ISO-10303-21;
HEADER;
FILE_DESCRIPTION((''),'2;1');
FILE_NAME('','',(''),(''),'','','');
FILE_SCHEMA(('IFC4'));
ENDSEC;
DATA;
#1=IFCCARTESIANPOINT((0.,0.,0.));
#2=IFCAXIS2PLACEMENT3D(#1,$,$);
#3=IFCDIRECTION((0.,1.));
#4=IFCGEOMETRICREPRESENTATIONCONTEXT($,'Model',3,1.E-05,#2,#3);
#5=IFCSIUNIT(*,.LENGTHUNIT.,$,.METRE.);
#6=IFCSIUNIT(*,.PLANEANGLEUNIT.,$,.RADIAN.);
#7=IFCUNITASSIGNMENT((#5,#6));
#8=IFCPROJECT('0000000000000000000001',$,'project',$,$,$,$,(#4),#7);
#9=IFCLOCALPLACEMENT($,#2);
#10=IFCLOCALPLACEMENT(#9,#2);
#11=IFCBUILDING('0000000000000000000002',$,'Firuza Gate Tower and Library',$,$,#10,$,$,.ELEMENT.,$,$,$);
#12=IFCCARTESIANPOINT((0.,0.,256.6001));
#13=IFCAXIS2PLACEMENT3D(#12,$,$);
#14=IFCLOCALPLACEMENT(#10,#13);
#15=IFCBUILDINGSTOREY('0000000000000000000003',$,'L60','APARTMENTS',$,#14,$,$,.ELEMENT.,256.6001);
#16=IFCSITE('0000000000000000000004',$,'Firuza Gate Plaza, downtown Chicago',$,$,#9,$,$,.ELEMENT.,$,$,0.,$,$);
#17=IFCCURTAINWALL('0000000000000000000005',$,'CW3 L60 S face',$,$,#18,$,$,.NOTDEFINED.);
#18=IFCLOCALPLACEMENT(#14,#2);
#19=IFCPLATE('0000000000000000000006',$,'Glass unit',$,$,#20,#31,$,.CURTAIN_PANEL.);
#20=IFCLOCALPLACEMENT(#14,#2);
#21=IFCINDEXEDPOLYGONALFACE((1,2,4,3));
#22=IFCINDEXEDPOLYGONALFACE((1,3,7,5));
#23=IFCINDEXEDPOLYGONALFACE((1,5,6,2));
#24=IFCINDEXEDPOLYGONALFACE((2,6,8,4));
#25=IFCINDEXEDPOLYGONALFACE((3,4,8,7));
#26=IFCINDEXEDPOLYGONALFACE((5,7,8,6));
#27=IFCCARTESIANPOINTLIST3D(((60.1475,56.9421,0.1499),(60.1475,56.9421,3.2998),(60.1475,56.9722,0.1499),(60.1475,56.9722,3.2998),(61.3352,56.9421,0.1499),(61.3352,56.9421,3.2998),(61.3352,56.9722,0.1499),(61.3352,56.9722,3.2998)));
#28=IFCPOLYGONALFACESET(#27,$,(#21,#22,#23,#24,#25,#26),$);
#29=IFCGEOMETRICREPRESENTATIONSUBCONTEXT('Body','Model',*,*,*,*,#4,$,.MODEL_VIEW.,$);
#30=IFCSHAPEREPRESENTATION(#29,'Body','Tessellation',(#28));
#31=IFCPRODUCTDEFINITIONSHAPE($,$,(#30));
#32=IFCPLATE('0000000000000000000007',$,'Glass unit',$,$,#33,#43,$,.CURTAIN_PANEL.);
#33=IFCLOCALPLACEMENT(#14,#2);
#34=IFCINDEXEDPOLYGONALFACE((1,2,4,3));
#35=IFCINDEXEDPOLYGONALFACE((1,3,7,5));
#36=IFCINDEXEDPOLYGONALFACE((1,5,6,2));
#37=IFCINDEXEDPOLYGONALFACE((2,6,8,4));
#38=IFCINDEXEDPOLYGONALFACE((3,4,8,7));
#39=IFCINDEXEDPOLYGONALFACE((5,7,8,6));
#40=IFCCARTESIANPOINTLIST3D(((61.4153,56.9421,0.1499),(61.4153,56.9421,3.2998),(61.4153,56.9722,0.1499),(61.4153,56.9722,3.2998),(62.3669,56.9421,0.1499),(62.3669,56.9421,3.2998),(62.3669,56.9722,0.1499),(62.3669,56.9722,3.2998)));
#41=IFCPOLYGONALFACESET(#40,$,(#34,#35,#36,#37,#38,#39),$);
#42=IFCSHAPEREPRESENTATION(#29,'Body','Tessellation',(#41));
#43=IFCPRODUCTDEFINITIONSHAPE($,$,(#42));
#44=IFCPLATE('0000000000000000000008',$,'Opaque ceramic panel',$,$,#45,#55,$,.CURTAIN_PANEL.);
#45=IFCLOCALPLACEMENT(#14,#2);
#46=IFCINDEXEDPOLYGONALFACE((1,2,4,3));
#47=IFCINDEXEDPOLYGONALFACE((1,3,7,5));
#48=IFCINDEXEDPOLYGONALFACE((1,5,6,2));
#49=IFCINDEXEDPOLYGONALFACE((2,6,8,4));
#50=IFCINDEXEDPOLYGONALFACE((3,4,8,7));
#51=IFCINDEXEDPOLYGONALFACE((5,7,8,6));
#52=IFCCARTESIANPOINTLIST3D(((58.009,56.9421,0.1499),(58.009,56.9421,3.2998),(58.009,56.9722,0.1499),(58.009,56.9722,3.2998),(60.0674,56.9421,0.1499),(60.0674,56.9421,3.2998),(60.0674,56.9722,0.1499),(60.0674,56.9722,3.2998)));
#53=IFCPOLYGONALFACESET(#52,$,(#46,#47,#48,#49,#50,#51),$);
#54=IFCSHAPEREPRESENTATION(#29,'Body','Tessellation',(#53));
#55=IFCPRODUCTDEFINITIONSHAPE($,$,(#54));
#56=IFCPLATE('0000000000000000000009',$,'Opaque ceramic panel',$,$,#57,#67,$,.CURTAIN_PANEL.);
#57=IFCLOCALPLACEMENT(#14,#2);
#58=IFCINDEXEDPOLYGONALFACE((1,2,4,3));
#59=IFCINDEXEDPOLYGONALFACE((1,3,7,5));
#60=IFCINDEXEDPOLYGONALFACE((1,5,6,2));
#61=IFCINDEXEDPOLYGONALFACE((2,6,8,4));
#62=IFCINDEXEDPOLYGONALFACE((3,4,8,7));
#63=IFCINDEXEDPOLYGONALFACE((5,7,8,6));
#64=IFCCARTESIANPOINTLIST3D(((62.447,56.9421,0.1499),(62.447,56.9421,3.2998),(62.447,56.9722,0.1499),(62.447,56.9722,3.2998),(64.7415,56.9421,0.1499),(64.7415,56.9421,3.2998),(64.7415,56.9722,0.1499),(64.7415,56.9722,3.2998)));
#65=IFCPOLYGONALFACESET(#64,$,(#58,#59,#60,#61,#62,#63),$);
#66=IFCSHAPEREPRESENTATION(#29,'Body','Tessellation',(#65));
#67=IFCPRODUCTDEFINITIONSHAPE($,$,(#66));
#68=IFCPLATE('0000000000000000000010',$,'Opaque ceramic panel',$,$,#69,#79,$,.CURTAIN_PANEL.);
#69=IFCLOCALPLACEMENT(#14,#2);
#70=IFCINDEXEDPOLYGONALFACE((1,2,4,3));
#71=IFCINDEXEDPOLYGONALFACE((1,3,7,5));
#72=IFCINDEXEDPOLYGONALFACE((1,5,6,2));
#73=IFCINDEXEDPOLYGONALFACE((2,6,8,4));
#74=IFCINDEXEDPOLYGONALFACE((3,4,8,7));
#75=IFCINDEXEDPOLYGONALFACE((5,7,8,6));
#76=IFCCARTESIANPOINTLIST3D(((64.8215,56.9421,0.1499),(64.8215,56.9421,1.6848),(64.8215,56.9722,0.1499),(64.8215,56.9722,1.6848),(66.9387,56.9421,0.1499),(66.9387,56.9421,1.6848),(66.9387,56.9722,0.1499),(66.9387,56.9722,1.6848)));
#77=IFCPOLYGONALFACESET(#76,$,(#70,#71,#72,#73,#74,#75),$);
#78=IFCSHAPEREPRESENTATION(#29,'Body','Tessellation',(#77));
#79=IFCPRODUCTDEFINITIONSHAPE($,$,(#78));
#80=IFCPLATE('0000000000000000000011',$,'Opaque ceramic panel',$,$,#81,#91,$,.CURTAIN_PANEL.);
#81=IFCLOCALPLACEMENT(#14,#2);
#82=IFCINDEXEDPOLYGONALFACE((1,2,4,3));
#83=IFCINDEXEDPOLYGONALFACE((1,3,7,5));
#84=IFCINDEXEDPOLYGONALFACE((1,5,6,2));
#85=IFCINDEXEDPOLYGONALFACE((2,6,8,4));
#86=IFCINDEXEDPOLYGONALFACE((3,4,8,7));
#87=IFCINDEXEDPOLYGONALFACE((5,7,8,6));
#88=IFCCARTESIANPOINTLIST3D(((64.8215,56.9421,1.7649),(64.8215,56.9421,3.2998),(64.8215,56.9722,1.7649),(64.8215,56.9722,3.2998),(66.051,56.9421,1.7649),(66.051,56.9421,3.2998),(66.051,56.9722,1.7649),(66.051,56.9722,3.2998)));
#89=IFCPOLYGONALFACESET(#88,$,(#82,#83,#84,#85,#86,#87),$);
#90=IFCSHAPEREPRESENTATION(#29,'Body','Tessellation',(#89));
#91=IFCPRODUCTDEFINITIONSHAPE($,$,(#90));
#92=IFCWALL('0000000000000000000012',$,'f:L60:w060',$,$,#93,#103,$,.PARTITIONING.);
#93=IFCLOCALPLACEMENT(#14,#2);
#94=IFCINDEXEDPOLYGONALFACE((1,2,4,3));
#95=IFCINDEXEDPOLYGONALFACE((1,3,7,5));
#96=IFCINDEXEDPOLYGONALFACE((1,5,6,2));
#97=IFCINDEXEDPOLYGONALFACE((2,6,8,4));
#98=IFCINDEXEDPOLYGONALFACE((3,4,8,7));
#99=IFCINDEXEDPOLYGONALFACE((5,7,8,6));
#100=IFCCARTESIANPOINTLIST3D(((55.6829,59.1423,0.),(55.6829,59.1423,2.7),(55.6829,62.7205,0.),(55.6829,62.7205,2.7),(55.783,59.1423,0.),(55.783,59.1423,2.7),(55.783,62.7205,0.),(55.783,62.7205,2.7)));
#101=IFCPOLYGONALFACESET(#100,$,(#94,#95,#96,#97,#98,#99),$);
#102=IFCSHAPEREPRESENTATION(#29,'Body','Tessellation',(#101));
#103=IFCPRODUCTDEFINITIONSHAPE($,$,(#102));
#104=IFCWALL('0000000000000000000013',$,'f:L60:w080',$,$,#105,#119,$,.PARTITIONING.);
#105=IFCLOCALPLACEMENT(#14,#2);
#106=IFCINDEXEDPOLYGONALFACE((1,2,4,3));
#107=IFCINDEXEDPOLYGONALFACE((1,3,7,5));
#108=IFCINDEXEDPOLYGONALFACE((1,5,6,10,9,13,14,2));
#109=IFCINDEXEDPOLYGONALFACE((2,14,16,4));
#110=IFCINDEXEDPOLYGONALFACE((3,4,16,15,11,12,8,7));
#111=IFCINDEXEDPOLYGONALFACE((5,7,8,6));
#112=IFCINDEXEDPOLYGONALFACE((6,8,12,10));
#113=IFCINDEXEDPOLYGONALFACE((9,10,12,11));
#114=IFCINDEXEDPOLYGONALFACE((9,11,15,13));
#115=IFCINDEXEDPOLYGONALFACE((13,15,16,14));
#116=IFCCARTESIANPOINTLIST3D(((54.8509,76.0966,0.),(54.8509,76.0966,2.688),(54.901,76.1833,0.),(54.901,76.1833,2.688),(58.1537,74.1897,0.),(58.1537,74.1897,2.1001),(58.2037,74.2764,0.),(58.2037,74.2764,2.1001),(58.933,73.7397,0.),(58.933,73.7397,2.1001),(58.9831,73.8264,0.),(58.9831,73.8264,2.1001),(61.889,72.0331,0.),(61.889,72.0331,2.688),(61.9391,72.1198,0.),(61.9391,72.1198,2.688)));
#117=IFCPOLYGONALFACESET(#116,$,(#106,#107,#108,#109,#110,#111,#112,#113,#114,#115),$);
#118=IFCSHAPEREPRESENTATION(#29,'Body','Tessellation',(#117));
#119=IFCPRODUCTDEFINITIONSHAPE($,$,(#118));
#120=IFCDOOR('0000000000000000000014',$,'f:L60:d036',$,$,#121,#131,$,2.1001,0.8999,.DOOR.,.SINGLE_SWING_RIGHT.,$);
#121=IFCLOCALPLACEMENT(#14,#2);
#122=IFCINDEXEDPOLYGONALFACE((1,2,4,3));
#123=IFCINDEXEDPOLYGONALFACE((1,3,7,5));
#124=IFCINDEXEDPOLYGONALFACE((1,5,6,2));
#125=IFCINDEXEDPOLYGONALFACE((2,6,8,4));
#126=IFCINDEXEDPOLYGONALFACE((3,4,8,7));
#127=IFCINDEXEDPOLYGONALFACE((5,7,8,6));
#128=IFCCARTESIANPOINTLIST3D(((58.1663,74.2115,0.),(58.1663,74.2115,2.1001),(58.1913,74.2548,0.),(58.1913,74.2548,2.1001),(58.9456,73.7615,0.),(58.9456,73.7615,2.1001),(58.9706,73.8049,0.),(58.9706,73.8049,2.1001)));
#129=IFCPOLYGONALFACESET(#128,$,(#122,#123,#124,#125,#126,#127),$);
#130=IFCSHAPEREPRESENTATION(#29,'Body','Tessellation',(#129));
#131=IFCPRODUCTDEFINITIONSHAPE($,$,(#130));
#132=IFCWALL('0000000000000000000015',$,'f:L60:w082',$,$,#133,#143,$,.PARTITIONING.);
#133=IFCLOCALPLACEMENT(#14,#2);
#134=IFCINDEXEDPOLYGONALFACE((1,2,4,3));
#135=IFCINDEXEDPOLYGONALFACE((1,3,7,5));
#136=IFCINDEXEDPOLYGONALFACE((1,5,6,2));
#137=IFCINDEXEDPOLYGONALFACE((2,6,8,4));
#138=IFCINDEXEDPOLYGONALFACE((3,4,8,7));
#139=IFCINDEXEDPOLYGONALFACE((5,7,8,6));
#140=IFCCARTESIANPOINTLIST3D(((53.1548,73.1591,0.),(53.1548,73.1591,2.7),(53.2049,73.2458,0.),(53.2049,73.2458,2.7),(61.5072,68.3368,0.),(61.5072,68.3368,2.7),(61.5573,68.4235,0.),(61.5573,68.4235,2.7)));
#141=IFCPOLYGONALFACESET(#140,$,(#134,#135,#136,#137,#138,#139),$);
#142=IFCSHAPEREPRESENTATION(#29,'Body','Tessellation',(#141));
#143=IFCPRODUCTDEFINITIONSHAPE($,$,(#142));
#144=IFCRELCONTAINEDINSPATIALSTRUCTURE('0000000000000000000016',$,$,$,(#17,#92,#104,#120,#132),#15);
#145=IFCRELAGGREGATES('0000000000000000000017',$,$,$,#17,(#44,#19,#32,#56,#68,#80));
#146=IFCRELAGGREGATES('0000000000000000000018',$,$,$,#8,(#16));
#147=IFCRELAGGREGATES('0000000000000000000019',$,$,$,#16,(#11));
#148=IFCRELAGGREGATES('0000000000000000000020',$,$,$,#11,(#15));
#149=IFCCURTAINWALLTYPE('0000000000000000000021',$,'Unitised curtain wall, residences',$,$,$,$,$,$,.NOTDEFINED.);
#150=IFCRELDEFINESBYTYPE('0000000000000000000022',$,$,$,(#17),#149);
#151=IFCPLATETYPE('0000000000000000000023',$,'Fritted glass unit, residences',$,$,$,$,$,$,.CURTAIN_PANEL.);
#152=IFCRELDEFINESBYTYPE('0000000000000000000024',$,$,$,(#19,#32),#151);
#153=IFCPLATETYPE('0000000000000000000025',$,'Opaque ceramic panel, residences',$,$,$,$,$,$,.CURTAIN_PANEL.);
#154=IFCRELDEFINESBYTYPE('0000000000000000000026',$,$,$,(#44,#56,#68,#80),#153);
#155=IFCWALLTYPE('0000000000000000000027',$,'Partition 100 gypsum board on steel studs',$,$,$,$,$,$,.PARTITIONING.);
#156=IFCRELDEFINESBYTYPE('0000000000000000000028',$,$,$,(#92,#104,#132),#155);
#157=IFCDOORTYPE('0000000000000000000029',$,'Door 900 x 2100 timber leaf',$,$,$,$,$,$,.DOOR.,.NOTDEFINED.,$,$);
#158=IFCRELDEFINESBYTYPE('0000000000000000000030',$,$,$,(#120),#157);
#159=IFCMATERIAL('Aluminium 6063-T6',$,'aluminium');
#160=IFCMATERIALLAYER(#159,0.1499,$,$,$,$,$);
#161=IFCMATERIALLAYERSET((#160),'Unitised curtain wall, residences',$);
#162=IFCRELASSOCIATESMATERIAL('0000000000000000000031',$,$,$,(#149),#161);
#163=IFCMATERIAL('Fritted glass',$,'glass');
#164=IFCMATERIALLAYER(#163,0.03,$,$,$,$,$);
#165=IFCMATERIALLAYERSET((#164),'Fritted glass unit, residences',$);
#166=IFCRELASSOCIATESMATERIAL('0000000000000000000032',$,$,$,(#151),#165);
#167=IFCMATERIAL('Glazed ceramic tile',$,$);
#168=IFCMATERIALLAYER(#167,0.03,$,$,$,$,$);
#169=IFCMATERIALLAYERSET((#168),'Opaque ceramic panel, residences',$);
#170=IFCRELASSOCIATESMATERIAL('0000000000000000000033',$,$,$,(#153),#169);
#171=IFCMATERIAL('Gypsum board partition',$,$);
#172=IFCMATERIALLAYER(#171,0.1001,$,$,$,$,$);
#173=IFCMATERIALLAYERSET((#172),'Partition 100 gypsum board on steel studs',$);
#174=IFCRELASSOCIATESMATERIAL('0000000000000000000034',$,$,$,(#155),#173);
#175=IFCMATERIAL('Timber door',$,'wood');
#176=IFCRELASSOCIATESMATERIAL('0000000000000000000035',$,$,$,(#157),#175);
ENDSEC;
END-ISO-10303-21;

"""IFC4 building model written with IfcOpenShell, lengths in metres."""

from ifc_helpers import new_model, si_unit, direction, frame, frame_2d, origin, place, context, subcontext, project, spatial, polyline, rectangle, outline, extrude, material, layer, layer_set, type_object, element, fill, aggregate, save


model = new_model("IFC4")

# Units and contexts
model_context = context("Model", 3, precision=1e-05, world=origin(), true_north=direction((0.0, 1.0)))
body_context = subcontext(model_context, "Body", "Model", "MODEL_VIEW")
ifc_project = project(units=[si_unit("LENGTHUNIT", "METRE"), si_unit("PLANEANGLEUNIT", "RADIAN")], contexts=[model_context])

# Site, building, storey
site_placement = place(None, origin())
site = spatial("IfcSite", under=ifc_project, at=site_placement, Name="Firuza Gate Plaza, downtown Chicago", CompositionType="ELEMENT", RefElevation=0.0)
building_placement = place(site_placement, origin())
building = spatial("IfcBuilding", under=site, at=building_placement, Name="Firuza Gate Tower and Library", CompositionType="ELEMENT")
storey_placement = place(building_placement, frame((0.0, 0.0, 256.6001)))
storey = spatial("IfcBuildingStorey", under=building, at=storey_placement, Name="L60", Description="APARTMENTS", CompositionType="ELEMENT", Elevation=256.6001)

# Curtain wall
ifc_material_1 = material(Name="Aluminium 6063-T6", Category="aluminium")
ifc_layer_1 = layer(ifc_material_1, 0.1499)
ifc_layer_set_1 = layer_set([ifc_layer_1], Name="Unitised curtain wall, residences")
curtain_wall_type = type_object("IfcCurtainWallType", Name="Unitised curtain wall, residences", PredefinedType="NOTDEFINED", material=ifc_layer_set_1)
curtain_wall_placement = place(storey_placement, origin())
curtain_wall = element("IfcCurtainWall", 1, at=curtain_wall_placement, inside=storey, type_object=curtain_wall_type, Name="CW3 L60 S face", PredefinedType="NOTDEFINED")

# Plates
ifc_material_2 = material(Name="Fritted glass", Category="glass")
ifc_layer_2 = layer(ifc_material_2, 0.03)
ifc_layer_set_2 = layer_set([ifc_layer_2], Name="Fritted glass unit, residences")
plate_type_1 = type_object("IfcPlateType", Name="Fritted glass unit, residences", PredefinedType="CURTAIN_PANEL", material=ifc_layer_set_2)
plate_1_placement = place(storey_placement, frame((60.1475, 56.9421, 0.1499), z_axis=(0.0, -1.0, 0.0), x_axis=(1.0, 0.0, 0.0)))
plate_1 = element("IfcPlate", 2, at=plate_1_placement, type_object=plate_type_1, Name="Glass unit", PredefinedType="CURTAIN_PANEL", context=body_context, shape_type="SweptSolid", body=[
    extrude(outline(polyline([(0.0, 0.0), (1.1877, 0.0), (1.1877, 3.1499), (0.0, 3.1499), (0.0, 0.0)])), origin(), (0.0, 0.0, -1.0), 0.03),
])
plate_2_placement = place(storey_placement, frame((61.4153, 56.9421, 0.1499), z_axis=(0.0, -1.0, 0.0), x_axis=(1.0, 0.0, 0.0)))
plate_2 = element("IfcPlate", 3, at=plate_2_placement, type_object=plate_type_1, Name="Glass unit", PredefinedType="CURTAIN_PANEL", context=body_context, shape_type="SweptSolid", body=[
    extrude(outline(polyline([(0.0, 0.0), (0.9517, 0.0), (0.9517, 3.1499), (0.0, 3.1499), (0.0, 0.0)])), origin(), (0.0, 0.0, -1.0), 0.03),
])
ifc_material_3 = material(Name="Glazed ceramic tile")
ifc_layer_3 = layer(ifc_material_3, 0.03)
ifc_layer_set_3 = layer_set([ifc_layer_3], Name="Opaque ceramic panel, residences")
plate_type_2 = type_object("IfcPlateType", Name="Opaque ceramic panel, residences", PredefinedType="CURTAIN_PANEL", material=ifc_layer_set_3)
plate_3_placement = place(storey_placement, frame((58.009, 56.9421, 0.1499), z_axis=(0.0, -1.0, 0.0), x_axis=(1.0, 0.0, 0.0)))
plate_3 = element("IfcPlate", 4, at=plate_3_placement, type_object=plate_type_2, Name="Opaque ceramic panel", PredefinedType="CURTAIN_PANEL", context=body_context, shape_type="SweptSolid", body=[
    extrude(outline(polyline([(0.0, 0.0), (2.0583, 0.0), (2.0583, 3.1499), (0.0, 3.1499), (0.0, 0.0)])), origin(), (0.0, 0.0, -1.0), 0.03),
])
plate_4_placement = place(storey_placement, frame((62.447, 56.9421, 0.1499), z_axis=(0.0, -1.0, 0.0), x_axis=(1.0, 0.0, 0.0)))
plate_4 = element("IfcPlate", 5, at=plate_4_placement, type_object=plate_type_2, Name="Opaque ceramic panel", PredefinedType="CURTAIN_PANEL", context=body_context, shape_type="SweptSolid", body=[
    extrude(outline(polyline([(0.0, 0.0), (2.2944, 0.0), (2.2944, 3.1499), (0.0, 3.1499), (0.0, 0.0)])), origin(), (0.0, 0.0, -1.0), 0.03),
])
plate_5_placement = place(storey_placement, frame((64.8215, 56.9421, 0.1499), z_axis=(0.0, -1.0, 0.0), x_axis=(1.0, 0.0, 0.0)))
plate_5 = element("IfcPlate", 6, at=plate_5_placement, type_object=plate_type_2, Name="Opaque ceramic panel", PredefinedType="CURTAIN_PANEL", context=body_context, shape_type="SweptSolid", body=[
    extrude(outline(polyline([(0.0, 0.0), (2.1172, 0.0), (2.1172, 1.5349), (0.0, 1.5349), (0.0, 0.0)])), origin(), (0.0, 0.0, -1.0), 0.03),
])
plate_6_placement = place(storey_placement, frame((64.8215, 56.9421, 1.7649), z_axis=(0.0, -1.0, 0.0), x_axis=(1.0, 0.0, 0.0)))
plate_6 = element("IfcPlate", 7, at=plate_6_placement, type_object=plate_type_2, Name="Opaque ceramic panel", PredefinedType="CURTAIN_PANEL", context=body_context, shape_type="SweptSolid", body=[
    extrude(outline(polyline([(0.0, 0.0), (1.2295, 0.0), (1.2295, 1.5349), (0.0, 1.5349), (0.0, 0.0)])), origin(), (0.0, 0.0, -1.0), 0.03),
])
aggregate(curtain_wall, [plate_3, plate_1, plate_2, plate_4, plate_5, plate_6])

# Wall
ifc_material_4 = material(Name="Gypsum board partition")
ifc_layer_4 = layer(ifc_material_4, 0.1001)
ifc_layer_set_4 = layer_set([ifc_layer_4], Name="Partition 100 gypsum board on steel studs")
wall_type_1 = type_object("IfcWallType", Name="Partition 100 gypsum board on steel studs", PredefinedType="PARTITIONING", material=ifc_layer_set_4)
wall_1_placement = place(storey_placement, frame((55.7329, 59.1423, 0.0), z_axis=(0.0, 0.0, 1.0), x_axis=(0.0, 1.0, 0.0)))
element("IfcWall", 8, at=wall_1_placement, inside=storey, type_object=wall_type_1, Name="f:L60:w060", PredefinedType="PARTITIONING", context=body_context, shape_type="SweptSolid", body=[
    extrude(rectangle(XDim=3.5781, YDim=0.1001, at=frame_2d((1.7891, 0.0))), origin(), (0.0, 0.0, 1.0), 2.7),
])

# Wall, opening, door
wall_2_placement = place(storey_placement, frame((61.9141, 72.0764, 0.0), z_axis=(0.0, 0.0, 1.0), x_axis=(-0.866023, 0.500003, 0.0)))
wall_2 = element("IfcWall", 9, at=wall_2_placement, inside=storey, type_object=wall_type_1, Name="f:L60:w080", PredefinedType="PARTITIONING", context=body_context, shape_type="SweptSolid", body=[
    extrude(rectangle(XDim=8.127, YDim=0.1001, at=frame_2d((4.0635, 0.0))), origin(), (0.0, 0.0, 1.0), 2.688),
])
opening_1_placement = place(wall_2_placement, frame((3.4133, 0.0, 0.0)))
opening_1 = element("IfcOpeningElement", 10, at=opening_1_placement, cuts=wall_2, PredefinedType="OPENING", context=body_context, shape_type="SweptSolid", body=[
    extrude(rectangle(XDim=0.8999, YDim=2.1001, at=frame_2d((0.45, 1.05))), frame((0.0, 0.0601, 0.0), z_axis=(0.0, -1.0, 0.0), x_axis=(1.0, 0.0, 0.0)), (0.0, 0.0, 1.0), 0.1201),
])
ifc_material_5 = material(Name="Timber door", Category="wood")
door_type_1 = type_object("IfcDoorType", Name="Door 900 x 2100 timber leaf", OperationType="NOTDEFINED", PredefinedType="DOOR", material=ifc_material_5)
door_1_placement = place(opening_1_placement, origin())
door_1 = element("IfcDoor", 11, at=door_1_placement, inside=storey, type_object=door_type_1, Name="f:L60:d036", OperationType="SINGLE_SWING_RIGHT", OverallHeight=2.1001, OverallWidth=0.8999, PredefinedType="DOOR", context=body_context, shape_type="SweptSolid", body=[
    extrude(rectangle(XDim=0.8999, YDim=2.1001, at=frame_2d((0.45, 1.05))), frame((0.0, 0.0249, 0.0), z_axis=(0.0, -1.0, 0.0), x_axis=(1.0, 0.0, 0.0)), (0.0, 0.0, 1.0), 0.05),
])
fill(opening_1, door_1)

# Wall
wall_3_placement = place(storey_placement, frame((61.5322, 68.3801, 0.0), z_axis=(0.0, 0.0, 1.0), x_axis=(-0.866022, 0.500005, 0.0)))
element("IfcWall", 12, at=wall_3_placement, inside=storey, type_object=wall_type_1, Name="f:L60:w082", PredefinedType="PARTITIONING", context=body_context, shape_type="SweptSolid", body=[
    extrude(rectangle(XDim=9.6445, YDim=0.1001, at=frame_2d((4.8223, 0.0))), origin(), (0.0, 0.0, 1.0), 2.7),
])

save(model, "model.ifc")
